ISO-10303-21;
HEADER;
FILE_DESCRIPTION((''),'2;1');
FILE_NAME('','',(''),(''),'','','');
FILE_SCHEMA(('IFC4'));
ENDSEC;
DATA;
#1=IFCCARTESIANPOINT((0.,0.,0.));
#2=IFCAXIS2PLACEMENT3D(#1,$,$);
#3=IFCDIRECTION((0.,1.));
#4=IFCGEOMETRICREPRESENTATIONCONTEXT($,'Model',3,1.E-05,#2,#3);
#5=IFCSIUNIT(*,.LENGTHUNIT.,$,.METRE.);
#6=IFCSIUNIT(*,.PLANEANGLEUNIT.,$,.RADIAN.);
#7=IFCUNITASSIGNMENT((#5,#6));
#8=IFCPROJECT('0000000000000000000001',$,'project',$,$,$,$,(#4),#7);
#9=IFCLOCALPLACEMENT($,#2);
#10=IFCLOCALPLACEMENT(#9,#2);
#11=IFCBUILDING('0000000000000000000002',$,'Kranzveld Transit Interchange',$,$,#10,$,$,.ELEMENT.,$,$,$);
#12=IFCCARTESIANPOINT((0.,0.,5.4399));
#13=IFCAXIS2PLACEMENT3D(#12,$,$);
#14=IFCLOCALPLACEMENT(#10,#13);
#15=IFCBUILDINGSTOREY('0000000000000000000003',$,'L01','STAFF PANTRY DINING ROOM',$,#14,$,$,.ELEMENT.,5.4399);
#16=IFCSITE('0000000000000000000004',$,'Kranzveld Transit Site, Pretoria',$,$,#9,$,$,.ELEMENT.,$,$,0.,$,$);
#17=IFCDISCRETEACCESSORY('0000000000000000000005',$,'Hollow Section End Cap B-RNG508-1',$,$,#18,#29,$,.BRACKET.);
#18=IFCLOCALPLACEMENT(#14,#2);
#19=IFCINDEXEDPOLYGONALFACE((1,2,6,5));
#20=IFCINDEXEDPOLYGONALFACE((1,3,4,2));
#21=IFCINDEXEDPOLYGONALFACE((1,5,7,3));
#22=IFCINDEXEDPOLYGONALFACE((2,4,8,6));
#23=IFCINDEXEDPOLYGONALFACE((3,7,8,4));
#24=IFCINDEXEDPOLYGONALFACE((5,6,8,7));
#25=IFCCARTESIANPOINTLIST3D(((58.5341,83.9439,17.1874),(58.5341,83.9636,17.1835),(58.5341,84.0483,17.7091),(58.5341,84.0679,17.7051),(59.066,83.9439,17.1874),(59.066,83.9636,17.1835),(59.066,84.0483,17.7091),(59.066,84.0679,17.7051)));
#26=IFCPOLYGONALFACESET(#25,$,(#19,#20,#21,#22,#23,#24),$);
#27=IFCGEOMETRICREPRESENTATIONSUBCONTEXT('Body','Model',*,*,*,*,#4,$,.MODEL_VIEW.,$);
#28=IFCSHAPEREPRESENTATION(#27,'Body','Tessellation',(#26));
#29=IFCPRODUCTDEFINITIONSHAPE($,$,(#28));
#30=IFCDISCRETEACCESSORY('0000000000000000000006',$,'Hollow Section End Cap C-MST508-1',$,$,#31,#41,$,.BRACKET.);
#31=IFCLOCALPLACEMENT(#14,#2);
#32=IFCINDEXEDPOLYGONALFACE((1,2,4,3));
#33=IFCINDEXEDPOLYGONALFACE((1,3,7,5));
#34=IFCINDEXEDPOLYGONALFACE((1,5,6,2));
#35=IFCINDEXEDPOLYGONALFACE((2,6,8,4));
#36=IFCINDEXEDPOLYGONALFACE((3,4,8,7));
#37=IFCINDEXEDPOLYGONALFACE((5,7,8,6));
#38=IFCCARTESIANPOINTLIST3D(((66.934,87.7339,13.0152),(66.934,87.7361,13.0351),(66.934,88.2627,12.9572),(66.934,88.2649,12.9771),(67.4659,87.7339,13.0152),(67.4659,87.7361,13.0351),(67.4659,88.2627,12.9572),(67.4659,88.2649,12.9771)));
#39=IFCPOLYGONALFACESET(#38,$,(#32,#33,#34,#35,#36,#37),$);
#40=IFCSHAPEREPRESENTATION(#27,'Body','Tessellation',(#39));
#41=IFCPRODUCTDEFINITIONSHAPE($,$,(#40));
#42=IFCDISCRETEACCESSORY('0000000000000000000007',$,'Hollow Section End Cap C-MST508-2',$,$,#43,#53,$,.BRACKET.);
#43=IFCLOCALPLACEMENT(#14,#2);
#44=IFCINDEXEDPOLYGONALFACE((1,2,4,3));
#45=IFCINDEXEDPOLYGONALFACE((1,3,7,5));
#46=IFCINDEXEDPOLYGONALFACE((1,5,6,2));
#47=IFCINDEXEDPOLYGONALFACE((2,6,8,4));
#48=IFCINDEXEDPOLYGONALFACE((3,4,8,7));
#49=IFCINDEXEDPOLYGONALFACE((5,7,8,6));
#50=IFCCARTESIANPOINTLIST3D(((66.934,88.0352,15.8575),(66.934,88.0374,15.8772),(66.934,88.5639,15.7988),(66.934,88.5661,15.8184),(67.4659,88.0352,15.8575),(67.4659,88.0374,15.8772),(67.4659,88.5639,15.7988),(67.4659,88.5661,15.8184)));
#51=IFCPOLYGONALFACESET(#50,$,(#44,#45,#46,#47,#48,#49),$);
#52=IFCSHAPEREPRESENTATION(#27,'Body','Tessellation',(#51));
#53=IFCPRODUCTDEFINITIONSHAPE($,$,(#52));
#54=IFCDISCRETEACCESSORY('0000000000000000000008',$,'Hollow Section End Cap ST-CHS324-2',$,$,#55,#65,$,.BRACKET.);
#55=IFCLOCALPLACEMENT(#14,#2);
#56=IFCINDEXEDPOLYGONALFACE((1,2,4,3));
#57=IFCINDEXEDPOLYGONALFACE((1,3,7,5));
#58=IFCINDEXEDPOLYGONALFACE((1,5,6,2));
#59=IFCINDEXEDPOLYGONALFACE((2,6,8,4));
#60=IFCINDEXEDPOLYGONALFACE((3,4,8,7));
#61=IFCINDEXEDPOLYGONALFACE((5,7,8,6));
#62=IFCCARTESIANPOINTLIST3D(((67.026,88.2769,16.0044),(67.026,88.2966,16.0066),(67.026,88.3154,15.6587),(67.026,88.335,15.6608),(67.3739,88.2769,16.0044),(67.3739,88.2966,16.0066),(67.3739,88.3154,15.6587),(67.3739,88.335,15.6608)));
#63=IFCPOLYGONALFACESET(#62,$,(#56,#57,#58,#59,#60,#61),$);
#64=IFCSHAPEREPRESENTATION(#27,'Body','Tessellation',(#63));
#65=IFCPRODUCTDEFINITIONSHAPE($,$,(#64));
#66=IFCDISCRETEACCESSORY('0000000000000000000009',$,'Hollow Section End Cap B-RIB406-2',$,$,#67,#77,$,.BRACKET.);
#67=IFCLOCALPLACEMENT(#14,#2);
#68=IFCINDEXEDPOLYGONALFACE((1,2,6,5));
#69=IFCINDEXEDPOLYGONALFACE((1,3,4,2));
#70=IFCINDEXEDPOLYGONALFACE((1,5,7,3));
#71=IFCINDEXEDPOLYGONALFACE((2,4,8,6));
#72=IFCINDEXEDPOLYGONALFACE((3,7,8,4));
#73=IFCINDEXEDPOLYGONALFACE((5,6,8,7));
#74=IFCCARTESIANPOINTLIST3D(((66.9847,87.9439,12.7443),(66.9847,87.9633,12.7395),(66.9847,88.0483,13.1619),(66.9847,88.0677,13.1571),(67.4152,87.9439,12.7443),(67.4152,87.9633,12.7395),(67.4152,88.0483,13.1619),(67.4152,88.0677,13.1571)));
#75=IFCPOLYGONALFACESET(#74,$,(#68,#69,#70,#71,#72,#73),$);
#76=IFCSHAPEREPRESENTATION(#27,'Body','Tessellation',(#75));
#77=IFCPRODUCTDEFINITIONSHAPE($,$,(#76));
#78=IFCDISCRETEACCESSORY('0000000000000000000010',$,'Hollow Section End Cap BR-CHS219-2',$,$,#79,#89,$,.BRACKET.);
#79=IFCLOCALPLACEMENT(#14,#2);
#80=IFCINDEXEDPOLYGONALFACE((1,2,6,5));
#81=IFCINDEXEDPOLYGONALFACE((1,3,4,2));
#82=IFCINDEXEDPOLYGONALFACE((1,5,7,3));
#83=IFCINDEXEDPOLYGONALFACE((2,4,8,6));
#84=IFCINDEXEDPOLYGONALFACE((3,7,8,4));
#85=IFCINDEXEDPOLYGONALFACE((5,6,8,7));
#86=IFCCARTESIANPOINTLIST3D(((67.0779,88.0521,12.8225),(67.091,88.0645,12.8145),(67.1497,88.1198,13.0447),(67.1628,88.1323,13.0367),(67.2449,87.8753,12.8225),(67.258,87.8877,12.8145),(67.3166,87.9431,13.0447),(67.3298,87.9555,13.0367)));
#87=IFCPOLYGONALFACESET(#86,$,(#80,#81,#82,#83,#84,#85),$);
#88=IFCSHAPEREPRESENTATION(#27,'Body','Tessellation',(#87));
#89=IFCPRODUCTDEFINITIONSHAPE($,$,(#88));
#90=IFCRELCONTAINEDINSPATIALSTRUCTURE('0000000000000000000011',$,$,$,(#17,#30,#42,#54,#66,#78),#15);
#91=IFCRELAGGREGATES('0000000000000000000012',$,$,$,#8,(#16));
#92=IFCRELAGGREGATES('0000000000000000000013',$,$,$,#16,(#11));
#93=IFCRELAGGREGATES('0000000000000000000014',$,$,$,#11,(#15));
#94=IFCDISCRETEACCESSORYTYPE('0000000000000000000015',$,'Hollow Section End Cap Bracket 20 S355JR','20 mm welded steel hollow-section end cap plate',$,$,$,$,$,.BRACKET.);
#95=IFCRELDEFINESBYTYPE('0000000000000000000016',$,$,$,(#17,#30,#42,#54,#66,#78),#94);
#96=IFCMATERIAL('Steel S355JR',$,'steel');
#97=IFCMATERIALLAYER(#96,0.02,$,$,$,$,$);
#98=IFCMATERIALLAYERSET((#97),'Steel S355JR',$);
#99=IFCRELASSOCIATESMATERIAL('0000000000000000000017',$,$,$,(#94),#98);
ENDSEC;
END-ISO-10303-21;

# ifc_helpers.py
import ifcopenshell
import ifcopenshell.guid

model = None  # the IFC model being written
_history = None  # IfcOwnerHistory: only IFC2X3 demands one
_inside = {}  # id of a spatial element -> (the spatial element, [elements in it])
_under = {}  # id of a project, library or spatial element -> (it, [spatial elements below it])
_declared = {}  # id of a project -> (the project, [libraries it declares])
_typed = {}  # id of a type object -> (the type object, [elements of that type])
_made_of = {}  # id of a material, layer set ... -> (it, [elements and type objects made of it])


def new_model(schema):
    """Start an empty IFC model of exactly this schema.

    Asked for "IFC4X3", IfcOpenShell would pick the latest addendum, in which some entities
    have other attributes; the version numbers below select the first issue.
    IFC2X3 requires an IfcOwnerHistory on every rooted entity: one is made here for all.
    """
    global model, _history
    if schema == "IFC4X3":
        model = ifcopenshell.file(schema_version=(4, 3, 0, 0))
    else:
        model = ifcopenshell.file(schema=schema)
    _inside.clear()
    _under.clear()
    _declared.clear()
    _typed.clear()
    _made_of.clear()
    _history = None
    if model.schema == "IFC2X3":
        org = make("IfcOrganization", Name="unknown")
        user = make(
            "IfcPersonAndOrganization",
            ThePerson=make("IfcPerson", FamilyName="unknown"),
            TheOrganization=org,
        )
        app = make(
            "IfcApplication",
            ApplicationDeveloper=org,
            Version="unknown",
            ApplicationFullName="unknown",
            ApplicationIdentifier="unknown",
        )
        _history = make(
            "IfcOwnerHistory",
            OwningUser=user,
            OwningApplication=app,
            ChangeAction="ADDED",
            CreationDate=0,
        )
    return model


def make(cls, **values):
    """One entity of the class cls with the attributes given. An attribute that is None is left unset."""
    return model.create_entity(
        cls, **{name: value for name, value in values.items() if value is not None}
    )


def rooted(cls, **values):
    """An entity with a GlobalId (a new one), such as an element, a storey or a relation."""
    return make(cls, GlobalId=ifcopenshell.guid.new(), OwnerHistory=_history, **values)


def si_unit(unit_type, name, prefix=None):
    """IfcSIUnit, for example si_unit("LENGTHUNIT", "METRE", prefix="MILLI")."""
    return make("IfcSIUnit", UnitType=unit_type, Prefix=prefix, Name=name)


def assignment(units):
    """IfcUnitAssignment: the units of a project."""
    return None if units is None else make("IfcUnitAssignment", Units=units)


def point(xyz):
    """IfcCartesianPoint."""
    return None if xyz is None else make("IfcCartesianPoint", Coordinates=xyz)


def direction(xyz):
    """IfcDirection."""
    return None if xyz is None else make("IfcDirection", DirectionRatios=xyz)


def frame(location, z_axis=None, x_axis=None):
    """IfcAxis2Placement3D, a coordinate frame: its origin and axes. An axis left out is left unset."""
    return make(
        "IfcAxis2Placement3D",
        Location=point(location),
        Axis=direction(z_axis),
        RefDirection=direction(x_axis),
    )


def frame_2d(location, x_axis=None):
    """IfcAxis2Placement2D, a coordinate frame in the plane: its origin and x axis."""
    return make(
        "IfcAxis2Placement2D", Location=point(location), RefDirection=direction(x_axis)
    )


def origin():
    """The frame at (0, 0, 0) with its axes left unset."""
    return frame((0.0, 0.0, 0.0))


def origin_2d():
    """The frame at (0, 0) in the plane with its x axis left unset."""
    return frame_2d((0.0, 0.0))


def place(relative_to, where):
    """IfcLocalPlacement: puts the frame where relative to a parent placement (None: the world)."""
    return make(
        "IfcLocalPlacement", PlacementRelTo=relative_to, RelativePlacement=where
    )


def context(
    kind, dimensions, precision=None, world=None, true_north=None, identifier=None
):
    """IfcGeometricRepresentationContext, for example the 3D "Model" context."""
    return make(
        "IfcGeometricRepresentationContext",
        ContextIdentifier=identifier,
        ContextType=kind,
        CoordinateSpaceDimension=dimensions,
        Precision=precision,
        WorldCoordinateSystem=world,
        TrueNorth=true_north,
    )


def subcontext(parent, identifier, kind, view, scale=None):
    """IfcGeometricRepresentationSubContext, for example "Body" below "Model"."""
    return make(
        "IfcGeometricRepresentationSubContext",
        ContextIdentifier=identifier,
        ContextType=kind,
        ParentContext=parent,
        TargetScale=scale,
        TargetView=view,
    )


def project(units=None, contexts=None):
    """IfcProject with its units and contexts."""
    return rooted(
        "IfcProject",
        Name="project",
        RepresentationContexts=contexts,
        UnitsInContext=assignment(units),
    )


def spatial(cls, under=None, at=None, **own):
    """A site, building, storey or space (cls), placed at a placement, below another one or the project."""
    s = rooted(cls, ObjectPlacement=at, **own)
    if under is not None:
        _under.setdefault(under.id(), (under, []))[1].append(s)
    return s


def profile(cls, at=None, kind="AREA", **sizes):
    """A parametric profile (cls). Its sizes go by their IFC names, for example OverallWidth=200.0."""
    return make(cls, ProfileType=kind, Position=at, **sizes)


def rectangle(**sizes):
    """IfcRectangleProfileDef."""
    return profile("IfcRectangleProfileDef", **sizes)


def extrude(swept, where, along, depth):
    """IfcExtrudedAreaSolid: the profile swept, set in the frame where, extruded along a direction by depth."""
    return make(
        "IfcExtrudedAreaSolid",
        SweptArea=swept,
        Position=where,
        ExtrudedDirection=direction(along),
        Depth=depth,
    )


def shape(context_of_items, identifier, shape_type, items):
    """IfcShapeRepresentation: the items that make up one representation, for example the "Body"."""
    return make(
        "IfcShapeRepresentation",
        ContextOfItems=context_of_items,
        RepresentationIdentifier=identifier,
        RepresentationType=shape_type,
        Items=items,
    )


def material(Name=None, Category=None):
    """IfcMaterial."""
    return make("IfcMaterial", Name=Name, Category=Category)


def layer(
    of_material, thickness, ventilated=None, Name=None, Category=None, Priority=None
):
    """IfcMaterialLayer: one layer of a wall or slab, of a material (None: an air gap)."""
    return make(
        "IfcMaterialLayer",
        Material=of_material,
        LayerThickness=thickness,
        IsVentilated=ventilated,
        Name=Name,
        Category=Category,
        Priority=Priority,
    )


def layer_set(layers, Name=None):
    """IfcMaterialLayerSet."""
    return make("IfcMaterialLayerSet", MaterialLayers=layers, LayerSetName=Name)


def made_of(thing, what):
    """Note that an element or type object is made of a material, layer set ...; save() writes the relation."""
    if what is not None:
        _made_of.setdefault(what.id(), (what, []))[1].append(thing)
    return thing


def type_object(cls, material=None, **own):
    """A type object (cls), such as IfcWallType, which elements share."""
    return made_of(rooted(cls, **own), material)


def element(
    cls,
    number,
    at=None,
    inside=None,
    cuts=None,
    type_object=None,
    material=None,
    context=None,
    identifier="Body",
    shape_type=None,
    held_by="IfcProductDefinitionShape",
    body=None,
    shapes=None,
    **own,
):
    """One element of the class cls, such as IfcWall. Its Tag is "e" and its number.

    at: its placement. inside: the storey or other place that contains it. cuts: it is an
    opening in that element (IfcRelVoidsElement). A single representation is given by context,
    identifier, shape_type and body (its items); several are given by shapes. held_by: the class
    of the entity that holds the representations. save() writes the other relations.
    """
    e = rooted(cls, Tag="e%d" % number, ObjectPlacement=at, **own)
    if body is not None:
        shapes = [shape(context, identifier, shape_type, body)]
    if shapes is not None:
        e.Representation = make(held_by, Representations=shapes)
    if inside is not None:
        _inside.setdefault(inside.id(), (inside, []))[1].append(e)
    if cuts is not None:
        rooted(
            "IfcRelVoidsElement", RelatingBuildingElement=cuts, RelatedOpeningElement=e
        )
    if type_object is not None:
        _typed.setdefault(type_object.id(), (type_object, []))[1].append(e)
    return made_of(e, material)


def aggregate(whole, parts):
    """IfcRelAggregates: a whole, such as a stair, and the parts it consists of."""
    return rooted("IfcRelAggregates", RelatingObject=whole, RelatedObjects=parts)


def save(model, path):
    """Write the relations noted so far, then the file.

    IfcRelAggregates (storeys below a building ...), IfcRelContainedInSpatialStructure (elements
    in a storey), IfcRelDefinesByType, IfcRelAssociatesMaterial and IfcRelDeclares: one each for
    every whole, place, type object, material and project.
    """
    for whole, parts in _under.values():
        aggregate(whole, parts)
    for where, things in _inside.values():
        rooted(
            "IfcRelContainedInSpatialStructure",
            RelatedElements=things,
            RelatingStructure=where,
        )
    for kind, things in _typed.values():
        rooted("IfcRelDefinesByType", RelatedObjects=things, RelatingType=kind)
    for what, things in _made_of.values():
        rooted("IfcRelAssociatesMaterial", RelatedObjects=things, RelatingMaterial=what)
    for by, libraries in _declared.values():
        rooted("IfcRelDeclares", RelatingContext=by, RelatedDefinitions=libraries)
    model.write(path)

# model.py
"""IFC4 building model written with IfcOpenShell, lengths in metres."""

from ifc_helpers import new_model, si_unit, direction, frame, origin, origin_2d, place, context, subcontext, project, spatial, rectangle, extrude, material, layer, layer_set, type_object, element, save


model = new_model("IFC4")

# Units and contexts
model_context = context("Model", 3, precision=1e-05, world=origin(), true_north=direction((0.0, 1.0)))
body_context = subcontext(model_context, "Body", "Model", "MODEL_VIEW")
ifc_project = project(units=[si_unit("LENGTHUNIT", "METRE"), si_unit("PLANEANGLEUNIT", "RADIAN")], contexts=[model_context])

# Site, building, storey
site_placement = place(None, origin())
site = spatial("IfcSite", under=ifc_project, at=site_placement, Name="Kranzveld Transit Site, Pretoria", CompositionType="ELEMENT", RefElevation=0.0)
building_placement = place(site_placement, origin())
building = spatial("IfcBuilding", under=site, at=building_placement, Name="Kranzveld Transit Interchange", CompositionType="ELEMENT")
storey_placement = place(building_placement, frame((0.0, 0.0, 5.4399)))
storey = spatial("IfcBuildingStorey", under=building, at=storey_placement, Name="L01", Description="STAFF PANTRY DINING ROOM", CompositionType="ELEMENT", Elevation=5.4399)

# Discrete accessories
ifc_material_1 = material(Name="Steel S355JR", Category="steel")
ifc_layer_1 = layer(ifc_material_1, 0.02)
ifc_layer_set_1 = layer_set([ifc_layer_1], Name="Steel S355JR")
discrete_accessory_type = type_object("IfcDiscreteAccessoryType", Name="Hollow Section End Cap Bracket 20 S355JR", Description="20 mm welded steel hollow-section end cap plate", PredefinedType="BRACKET", material=ifc_layer_set_1)
for number, where, z_axis, x_axis, name in (
    (1, (58.8, 83.9961, 17.4482), (0.0, 0.980581, -0.196116), (-1.0, 0.0, 0.0), "Hollow Section End Cap B-RNG508-1"),
    (2, (67.2, 88.0005, 13.0061), (0.0, -0.109101, -0.994031), (1.0, 0.0, 0.0), "Hollow Section End Cap C-MST508-1"),
):
    element("IfcDiscreteAccessory", number, at=place(storey_placement, frame(where, z_axis=z_axis, x_axis=x_axis)), inside=storey, type_object=discrete_accessory_type, Name=name, PredefinedType="BRACKET", context=body_context, shape_type="SweptSolid", body=[
        extrude(rectangle(XDim=0.532, YDim=0.532, at=origin_2d()), origin(), (0.0, 0.0, 1.0), 0.02),
    ])
discrete_accessory_1_placement = place(storey_placement, frame((67.2, 88.2996, 15.8281), z_axis=(0.0, 0.110432, 0.993884), x_axis=(-1.0, 0.0, 0.0)))
element("IfcDiscreteAccessory", 3, at=discrete_accessory_1_placement, inside=storey, type_object=discrete_accessory_type, Name="Hollow Section End Cap C-MST508-2", PredefinedType="BRACKET", context=body_context, shape_type="SweptSolid", body=[
    extrude(rectangle(XDim=0.532, YDim=0.532, at=origin_2d()), origin(), (0.0, 0.0, 1.0), 0.0198),
])
discrete_accessory_2_placement = place(storey_placement, frame((67.2, 88.2961, 15.8315), z_axis=(0.0, 0.993884, 0.110432), x_axis=(-1.0, 0.0, 0.0)))
element("IfcDiscreteAccessory", 4, at=discrete_accessory_2_placement, inside=storey, type_object=discrete_accessory_type, Name="Hollow Section End Cap ST-CHS324-2", PredefinedType="BRACKET", context=body_context, shape_type="SweptSolid", body=[
    extrude(rectangle(XDim=0.3479, YDim=0.3479, at=origin_2d()), origin(), (0.0, 0.0, 1.0), 0.0198),
])
discrete_accessory_3_placement = place(storey_placement, frame((67.2, 87.9961, 12.9531), z_axis=(0.0, 0.970143, -0.242536), x_axis=(-1.0, 0.0, 0.0)))
element("IfcDiscreteAccessory", 5, at=discrete_accessory_3_placement, inside=storey, type_object=discrete_accessory_type, Name="Hollow Section End Cap B-RIB406-2", PredefinedType="BRACKET", context=body_context, shape_type="SweptSolid", body=[
    extrude(rectangle(XDim=0.4304, YDim=0.4304, at=origin_2d()), origin(), (0.0, 0.0, 1.0), 0.02),
])
discrete_accessory_4_placement = place(storey_placement, frame((67.1973, 87.9976, 12.9336), z_axis=(0.664392, 0.627481, -0.406017), x_axis=(-0.686624, 0.727013, 0.0)))
element("IfcDiscreteAccessory", 6, at=discrete_accessory_4_placement, inside=storey, type_object=discrete_accessory_type, Name="Hollow Section End Cap BR-CHS219-2", PredefinedType="BRACKET", context=body_context, shape_type="SweptSolid", body=[
    extrude(rectangle(XDim=0.2432, YDim=0.2432, at=origin_2d()), origin(), (0.0, 0.0, 1.0), 0.0198),
])

save(model, "model.ifc")
